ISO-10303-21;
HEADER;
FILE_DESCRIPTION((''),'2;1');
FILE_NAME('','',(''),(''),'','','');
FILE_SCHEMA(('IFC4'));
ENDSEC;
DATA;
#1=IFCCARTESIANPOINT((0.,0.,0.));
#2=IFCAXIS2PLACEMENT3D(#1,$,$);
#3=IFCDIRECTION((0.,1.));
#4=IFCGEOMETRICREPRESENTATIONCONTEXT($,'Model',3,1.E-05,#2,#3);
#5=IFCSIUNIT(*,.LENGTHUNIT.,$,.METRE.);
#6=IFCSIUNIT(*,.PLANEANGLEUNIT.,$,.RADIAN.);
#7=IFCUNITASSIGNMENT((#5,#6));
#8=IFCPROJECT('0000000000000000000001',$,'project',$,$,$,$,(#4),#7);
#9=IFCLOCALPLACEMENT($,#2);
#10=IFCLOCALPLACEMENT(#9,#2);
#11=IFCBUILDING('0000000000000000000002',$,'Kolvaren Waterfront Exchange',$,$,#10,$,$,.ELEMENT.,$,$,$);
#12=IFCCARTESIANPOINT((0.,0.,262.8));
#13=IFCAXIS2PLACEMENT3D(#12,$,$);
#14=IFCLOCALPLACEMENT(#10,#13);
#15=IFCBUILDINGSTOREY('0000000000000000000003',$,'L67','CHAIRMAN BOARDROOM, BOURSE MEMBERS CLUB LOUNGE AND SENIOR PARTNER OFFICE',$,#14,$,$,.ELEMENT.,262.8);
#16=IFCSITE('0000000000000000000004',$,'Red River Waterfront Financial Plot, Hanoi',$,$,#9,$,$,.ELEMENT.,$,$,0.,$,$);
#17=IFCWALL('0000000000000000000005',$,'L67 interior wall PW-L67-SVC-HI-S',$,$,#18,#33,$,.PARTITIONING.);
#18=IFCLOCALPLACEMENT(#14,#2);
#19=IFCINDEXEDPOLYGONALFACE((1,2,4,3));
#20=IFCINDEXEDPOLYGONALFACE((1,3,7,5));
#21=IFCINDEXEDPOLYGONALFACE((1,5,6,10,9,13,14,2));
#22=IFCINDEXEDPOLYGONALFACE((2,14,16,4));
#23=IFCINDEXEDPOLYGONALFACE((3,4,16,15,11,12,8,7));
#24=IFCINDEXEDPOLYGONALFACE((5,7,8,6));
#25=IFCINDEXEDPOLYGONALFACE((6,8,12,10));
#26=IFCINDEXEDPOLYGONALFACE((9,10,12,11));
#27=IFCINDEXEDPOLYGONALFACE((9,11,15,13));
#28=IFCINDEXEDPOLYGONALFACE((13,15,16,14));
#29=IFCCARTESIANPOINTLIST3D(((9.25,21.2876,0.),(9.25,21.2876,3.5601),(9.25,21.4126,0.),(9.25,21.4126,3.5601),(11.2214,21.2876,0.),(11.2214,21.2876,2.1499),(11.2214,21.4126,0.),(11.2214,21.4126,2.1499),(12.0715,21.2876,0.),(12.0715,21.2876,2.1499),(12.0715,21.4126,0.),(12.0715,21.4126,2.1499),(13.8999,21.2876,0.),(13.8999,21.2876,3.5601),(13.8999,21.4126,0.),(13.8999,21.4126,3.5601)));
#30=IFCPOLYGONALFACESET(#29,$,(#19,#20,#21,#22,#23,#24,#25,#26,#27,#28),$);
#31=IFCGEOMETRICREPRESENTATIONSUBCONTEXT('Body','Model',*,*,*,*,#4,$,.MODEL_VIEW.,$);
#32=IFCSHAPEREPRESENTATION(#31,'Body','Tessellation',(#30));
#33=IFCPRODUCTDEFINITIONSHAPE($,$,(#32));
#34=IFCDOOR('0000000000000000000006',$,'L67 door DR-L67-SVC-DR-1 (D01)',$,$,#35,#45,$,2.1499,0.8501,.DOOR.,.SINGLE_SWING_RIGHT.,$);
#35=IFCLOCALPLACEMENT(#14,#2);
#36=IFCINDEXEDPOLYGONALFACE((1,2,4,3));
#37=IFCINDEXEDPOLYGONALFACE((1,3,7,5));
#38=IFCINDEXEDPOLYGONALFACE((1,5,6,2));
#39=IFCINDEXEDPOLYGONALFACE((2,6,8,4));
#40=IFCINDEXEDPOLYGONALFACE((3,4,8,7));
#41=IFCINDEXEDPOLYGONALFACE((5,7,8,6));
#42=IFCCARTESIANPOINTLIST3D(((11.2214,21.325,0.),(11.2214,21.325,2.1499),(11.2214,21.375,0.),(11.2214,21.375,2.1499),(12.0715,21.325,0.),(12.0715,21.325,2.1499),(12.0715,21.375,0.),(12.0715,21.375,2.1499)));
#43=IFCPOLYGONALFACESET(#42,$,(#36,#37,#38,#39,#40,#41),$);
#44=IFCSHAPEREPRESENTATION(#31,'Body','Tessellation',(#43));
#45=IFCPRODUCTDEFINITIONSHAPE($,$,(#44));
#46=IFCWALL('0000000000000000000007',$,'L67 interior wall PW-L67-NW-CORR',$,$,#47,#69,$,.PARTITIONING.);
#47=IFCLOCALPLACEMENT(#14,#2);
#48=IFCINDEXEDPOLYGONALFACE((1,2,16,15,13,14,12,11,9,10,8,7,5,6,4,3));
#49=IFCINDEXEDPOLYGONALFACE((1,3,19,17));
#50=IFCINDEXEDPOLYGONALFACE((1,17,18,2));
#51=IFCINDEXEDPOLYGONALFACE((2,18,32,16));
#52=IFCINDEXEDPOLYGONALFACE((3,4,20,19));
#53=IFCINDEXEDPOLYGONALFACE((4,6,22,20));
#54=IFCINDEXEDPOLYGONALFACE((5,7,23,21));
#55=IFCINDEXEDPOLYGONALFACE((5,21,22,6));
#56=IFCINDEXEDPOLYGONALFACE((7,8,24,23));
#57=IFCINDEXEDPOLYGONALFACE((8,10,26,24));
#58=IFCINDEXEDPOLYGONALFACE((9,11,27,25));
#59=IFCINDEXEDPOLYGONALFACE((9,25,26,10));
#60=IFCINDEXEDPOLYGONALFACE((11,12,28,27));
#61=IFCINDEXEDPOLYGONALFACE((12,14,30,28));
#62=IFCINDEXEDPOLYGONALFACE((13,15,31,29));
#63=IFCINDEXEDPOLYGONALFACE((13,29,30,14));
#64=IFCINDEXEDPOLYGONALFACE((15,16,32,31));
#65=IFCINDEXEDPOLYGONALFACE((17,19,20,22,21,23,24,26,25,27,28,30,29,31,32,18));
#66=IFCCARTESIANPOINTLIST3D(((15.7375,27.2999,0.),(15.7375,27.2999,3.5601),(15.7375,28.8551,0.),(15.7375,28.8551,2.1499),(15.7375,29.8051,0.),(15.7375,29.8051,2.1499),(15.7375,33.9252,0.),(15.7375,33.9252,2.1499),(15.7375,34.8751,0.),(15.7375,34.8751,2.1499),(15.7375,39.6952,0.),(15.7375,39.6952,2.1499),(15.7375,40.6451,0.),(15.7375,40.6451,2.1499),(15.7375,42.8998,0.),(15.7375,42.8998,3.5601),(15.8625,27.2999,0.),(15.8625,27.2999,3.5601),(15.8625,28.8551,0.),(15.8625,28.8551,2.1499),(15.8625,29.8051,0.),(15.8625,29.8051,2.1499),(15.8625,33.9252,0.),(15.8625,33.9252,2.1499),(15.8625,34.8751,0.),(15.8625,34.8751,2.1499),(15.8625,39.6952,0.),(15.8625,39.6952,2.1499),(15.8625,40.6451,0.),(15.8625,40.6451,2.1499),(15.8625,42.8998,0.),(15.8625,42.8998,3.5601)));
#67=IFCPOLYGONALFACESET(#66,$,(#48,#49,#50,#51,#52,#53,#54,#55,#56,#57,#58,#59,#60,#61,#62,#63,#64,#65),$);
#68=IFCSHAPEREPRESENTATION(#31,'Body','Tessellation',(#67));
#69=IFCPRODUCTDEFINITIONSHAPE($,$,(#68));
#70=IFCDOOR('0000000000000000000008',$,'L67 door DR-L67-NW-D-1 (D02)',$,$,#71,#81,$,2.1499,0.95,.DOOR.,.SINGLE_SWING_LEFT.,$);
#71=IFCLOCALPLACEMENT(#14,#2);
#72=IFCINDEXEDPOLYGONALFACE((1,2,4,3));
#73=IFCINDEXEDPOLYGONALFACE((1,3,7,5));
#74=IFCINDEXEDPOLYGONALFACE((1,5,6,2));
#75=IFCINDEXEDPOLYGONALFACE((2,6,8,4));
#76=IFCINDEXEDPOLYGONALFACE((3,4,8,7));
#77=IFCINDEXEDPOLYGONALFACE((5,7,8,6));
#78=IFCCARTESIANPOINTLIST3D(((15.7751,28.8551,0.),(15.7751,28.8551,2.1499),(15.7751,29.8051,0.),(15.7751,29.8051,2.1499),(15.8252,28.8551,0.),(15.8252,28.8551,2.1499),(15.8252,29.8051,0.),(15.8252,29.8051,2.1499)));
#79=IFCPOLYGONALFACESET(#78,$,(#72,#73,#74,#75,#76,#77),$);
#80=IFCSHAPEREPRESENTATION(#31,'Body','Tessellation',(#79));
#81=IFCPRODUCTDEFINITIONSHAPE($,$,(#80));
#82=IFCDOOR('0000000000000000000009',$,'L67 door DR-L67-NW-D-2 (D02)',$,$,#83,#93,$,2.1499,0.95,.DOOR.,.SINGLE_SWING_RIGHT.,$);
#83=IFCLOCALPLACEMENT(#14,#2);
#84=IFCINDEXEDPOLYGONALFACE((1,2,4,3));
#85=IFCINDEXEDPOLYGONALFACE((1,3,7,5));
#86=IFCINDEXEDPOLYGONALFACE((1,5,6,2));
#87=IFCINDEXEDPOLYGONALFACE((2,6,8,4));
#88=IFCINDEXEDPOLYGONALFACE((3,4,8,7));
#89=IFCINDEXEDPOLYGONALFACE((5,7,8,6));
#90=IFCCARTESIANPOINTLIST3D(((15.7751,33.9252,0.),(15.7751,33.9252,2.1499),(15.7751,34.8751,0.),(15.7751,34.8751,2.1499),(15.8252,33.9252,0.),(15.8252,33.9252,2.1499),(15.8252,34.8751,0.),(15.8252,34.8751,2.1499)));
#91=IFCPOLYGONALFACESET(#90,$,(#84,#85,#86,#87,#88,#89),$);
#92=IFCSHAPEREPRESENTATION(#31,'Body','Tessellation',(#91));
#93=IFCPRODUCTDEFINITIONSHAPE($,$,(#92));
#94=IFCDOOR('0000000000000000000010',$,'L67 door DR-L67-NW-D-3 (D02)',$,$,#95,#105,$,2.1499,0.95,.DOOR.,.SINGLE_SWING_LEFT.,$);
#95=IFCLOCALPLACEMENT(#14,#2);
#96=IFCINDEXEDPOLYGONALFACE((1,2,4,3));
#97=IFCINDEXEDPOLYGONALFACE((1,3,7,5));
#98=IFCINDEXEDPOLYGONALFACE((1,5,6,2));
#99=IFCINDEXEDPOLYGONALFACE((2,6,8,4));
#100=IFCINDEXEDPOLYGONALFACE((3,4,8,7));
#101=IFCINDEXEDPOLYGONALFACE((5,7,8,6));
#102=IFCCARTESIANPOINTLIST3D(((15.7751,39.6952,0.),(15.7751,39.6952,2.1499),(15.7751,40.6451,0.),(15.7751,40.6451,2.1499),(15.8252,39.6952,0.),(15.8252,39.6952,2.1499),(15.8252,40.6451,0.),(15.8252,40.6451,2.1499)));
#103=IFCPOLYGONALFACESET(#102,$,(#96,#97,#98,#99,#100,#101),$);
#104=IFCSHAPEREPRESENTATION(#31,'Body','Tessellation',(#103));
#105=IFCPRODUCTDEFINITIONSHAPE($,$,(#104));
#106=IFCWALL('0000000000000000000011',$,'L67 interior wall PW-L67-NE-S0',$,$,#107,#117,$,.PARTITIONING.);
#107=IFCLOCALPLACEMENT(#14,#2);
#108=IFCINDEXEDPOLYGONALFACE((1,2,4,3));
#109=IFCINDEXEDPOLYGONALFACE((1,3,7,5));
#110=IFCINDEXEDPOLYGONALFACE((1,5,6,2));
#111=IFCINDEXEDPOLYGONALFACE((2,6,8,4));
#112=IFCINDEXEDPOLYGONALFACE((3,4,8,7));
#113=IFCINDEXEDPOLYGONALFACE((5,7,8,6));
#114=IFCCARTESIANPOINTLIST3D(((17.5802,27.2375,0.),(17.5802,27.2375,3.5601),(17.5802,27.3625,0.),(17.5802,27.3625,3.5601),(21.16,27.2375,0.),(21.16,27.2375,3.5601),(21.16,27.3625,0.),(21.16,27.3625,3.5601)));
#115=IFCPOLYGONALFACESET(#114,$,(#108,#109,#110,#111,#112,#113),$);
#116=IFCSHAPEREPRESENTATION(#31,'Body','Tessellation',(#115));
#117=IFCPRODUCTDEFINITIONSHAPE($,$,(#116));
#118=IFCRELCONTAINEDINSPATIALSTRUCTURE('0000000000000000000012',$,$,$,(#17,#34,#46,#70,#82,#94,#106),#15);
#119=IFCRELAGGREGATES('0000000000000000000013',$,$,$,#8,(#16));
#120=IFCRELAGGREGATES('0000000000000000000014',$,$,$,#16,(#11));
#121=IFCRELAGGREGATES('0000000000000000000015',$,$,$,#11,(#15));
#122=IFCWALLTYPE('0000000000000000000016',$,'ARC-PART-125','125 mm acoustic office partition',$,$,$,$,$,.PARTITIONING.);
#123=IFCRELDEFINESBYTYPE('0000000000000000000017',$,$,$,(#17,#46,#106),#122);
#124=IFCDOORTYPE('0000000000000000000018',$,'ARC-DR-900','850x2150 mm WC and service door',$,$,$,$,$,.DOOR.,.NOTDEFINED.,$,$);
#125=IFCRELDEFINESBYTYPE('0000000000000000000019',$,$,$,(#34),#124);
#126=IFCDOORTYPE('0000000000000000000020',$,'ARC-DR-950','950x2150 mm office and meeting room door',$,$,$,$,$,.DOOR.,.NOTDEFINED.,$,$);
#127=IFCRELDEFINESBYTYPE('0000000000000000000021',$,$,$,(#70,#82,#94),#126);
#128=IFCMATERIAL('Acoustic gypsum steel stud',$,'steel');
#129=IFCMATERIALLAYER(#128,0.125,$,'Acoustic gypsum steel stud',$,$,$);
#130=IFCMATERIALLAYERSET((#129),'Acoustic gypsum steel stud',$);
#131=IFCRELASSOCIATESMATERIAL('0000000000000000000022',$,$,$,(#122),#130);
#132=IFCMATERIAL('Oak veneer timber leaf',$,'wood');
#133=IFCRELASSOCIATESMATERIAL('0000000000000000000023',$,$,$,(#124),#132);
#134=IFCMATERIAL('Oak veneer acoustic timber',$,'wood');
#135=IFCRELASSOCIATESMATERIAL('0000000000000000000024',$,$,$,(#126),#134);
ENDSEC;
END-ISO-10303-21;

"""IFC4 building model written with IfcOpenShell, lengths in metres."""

from ifc_helpers import new_model, si_unit, direction, frame, frame_2d, origin, place, context, subcontext, project, spatial, rectangle, extrude, material, layer, layer_set, type_object, element, fill, save


model = new_model("IFC4")

# Units and contexts
model_context = context("Model", 3, precision=1e-05, world=origin(), true_north=direction((0.0, 1.0)))
body_context = subcontext(model_context, "Body", "Model", "MODEL_VIEW")
ifc_project = project(units=[si_unit("LENGTHUNIT", "METRE"), si_unit("PLANEANGLEUNIT", "RADIAN")], contexts=[model_context])

# Site, building, storey
site_placement = place(None, origin())
site = spatial("IfcSite", under=ifc_project, at=site_placement, Name="Red River Waterfront Financial Plot, Hanoi", CompositionType="ELEMENT", RefElevation=0.0)
building_placement = place(site_placement, origin())
building = spatial("IfcBuilding", under=site, at=building_placement, Name="Kolvaren Waterfront Exchange", CompositionType="ELEMENT")
storey_placement = place(building_placement, frame((0.0, 0.0, 262.8)))
storey = spatial("IfcBuildingStorey", under=building, at=storey_placement, Name="L67", Description="CHAIRMAN BOARDROOM, BOURSE MEMBERS CLUB LOUNGE AND SENIOR PARTNER OFFICE", CompositionType="ELEMENT", Elevation=262.8)

# Wall, opening, door
ifc_material_1 = material(Name="Acoustic gypsum steel stud", Category="steel")
ifc_layer_1 = layer(ifc_material_1, 0.125, Name="Acoustic gypsum steel stud")
ifc_layer_set_1 = layer_set([ifc_layer_1], Name="Acoustic gypsum steel stud")
wall_type_1 = type_object("IfcWallType", Name="ARC-PART-125", Description="125 mm acoustic office partition", PredefinedType="PARTITIONING", material=ifc_layer_set_1)
wall_1_placement = place(storey_placement, frame((9.25, 21.3501, 0.0), z_axis=(0.0, 0.0, 1.0), x_axis=(1.0, 0.0, 0.0)))
wall_1 = element("IfcWall", 1, at=wall_1_placement, inside=storey, type_object=wall_type_1, Name="L67 interior wall PW-L67-SVC-HI-S", PredefinedType="PARTITIONING", context=body_context, shape_type="SweptSolid", body=[
    extrude(rectangle(XDim=4.6499, YDim=0.125, at=frame_2d((2.325, 0.0))), origin(), (0.0, 0.0, 1.0), 3.5601),
])
opening_1_placement = place(wall_1_placement, frame((1.9714, 0.0, 0.0)))
opening_1 = element("IfcOpeningElement", 2, at=opening_1_placement, cuts=wall_1, PredefinedType="OPENING", context=body_context, shape_type="SweptSolid", body=[
    extrude(rectangle(XDim=0.8501, YDim=2.1499, at=frame_2d((0.425, 1.075))), frame((0.0, 0.0725, 0.0), z_axis=(0.0, -1.0, 0.0), x_axis=(1.0, 0.0, 0.0)), (0.0, 0.0, 1.0), 0.145),
])
ifc_material_2 = material(Name="Oak veneer timber leaf", Category="wood")
door_type_1 = type_object("IfcDoorType", Name="ARC-DR-900", Description="850x2150 mm WC and service door", OperationType="NOTDEFINED", PredefinedType="DOOR", material=ifc_material_2)
door_1_placement = place(opening_1_placement, origin())
door_1 = element("IfcDoor", 3, at=door_1_placement, inside=storey, type_object=door_type_1, Name="L67 door DR-L67-SVC-DR-1 (D01)", OperationType="SINGLE_SWING_RIGHT", OverallHeight=2.1499, OverallWidth=0.8501, PredefinedType="DOOR", context=body_context, shape_type="SweptSolid", body=[
    extrude(rectangle(XDim=0.8501, YDim=2.1499, at=frame_2d((0.425, 1.075))), frame((0.0, 0.0249, 0.0), z_axis=(0.0, -1.0, 0.0), x_axis=(1.0, 0.0, 0.0)), (0.0, 0.0, 1.0), 0.05),
])
fill(opening_1, door_1)

# Wall, openings, doors
wall_2_placement = place(storey_placement, frame((15.8, 27.3, 0.0), z_axis=(0.0, 0.0, 1.0), x_axis=(0.0, 1.0, 0.0)))
wall_2 = element("IfcWall", 4, at=wall_2_placement, inside=storey, type_object=wall_type_1, Name="L67 interior wall PW-L67-NW-CORR", PredefinedType="PARTITIONING", context=body_context, shape_type="SweptSolid", body=[
    extrude(rectangle(XDim=15.5999, YDim=0.125, at=frame_2d((7.7998, 0.0))), origin(), (0.0, 0.0, 1.0), 3.5601),
])
opening_2_placement = place(wall_2_placement, frame((1.5549, 0.0, 0.0)))
opening_2 = element("IfcOpeningElement", 5, at=opening_2_placement, cuts=wall_2, PredefinedType="OPENING", context=body_context, shape_type="SweptSolid", body=[
    extrude(rectangle(XDim=0.95, YDim=2.1499, at=frame_2d((0.4751, 1.075))), frame((0.0, 0.0725, 0.0), z_axis=(0.0, -1.0, 0.0), x_axis=(1.0, 0.0, 0.0)), (0.0, 0.0, 1.0), 0.145),
])
opening_3_placement = place(wall_2_placement, frame((6.625, 0.0, 0.0)))
opening_3 = element("IfcOpeningElement", 6, at=opening_3_placement, cuts=wall_2, PredefinedType="OPENING", context=body_context, shape_type="SweptSolid", body=[
    extrude(rectangle(XDim=0.95, YDim=2.1499, at=frame_2d((0.4751, 1.075))), frame((0.0, 0.0725, 0.0), z_axis=(0.0, -1.0, 0.0), x_axis=(1.0, 0.0, 0.0)), (0.0, 0.0, 1.0), 0.145),
])
opening_4_placement = place(wall_2_placement, frame((12.395, 0.0, 0.0)))
opening_4 = element("IfcOpeningElement", 7, at=opening_4_placement, cuts=wall_2, PredefinedType="OPENING", context=body_context, shape_type="SweptSolid", body=[
    extrude(rectangle(XDim=0.95, YDim=2.1499, at=frame_2d((0.4751, 1.075))), frame((0.0, 0.0725, 0.0), z_axis=(0.0, -1.0, 0.0), x_axis=(1.0, 0.0, 0.0)), (0.0, 0.0, 1.0), 0.145),
])
ifc_material_3 = material(Name="Oak veneer acoustic timber", Category="wood")
door_type_2 = type_object("IfcDoorType", Name="ARC-DR-950", Description="950x2150 mm office and meeting room door", OperationType="NOTDEFINED", PredefinedType="DOOR", material=ifc_material_3)
door_2_placement = place(opening_2_placement, origin())
door_2 = element("IfcDoor", 8, at=door_2_placement, inside=storey, type_object=door_type_2, Name="L67 door DR-L67-NW-D-1 (D02)", OperationType="SINGLE_SWING_LEFT", OverallHeight=2.1499, OverallWidth=0.95, PredefinedType="DOOR", context=body_context, shape_type="SweptSolid", body=[
    extrude(rectangle(XDim=0.95, YDim=2.1499, at=frame_2d((0.4751, 1.075))), frame((0.0, 0.0249, 0.0), z_axis=(0.0, -1.0, 0.0), x_axis=(1.0, 0.0, 0.0)), (0.0, 0.0, 1.0), 0.05),
])
fill(opening_2, door_2)
door_3_placement = place(opening_3_placement, origin())
door_3 = element("IfcDoor", 9, at=door_3_placement, inside=storey, type_object=door_type_2, Name="L67 door DR-L67-NW-D-2 (D02)", OperationType="SINGLE_SWING_RIGHT", OverallHeight=2.1499, OverallWidth=0.95, PredefinedType="DOOR", context=body_context, shape_type="SweptSolid", body=[
    extrude(rectangle(XDim=0.95, YDim=2.1499, at=frame_2d((0.4751, 1.075))), frame((0.0, 0.0249, 0.0), z_axis=(0.0, -1.0, 0.0), x_axis=(1.0, 0.0, 0.0)), (0.0, 0.0, 1.0), 0.05),
])
fill(opening_3, door_3)
door_4_placement = place(opening_4_placement, origin())
door_4 = element("IfcDoor", 10, at=door_4_placement, inside=storey, type_object=door_type_2, Name="L67 door DR-L67-NW-D-3 (D02)", OperationType="SINGLE_SWING_LEFT", OverallHeight=2.1499, OverallWidth=0.95, PredefinedType="DOOR", context=body_context, shape_type="SweptSolid", body=[
    extrude(rectangle(XDim=0.95, YDim=2.1499, at=frame_2d((0.4751, 1.075))), frame((0.0, 0.0249, 0.0), z_axis=(0.0, -1.0, 0.0), x_axis=(1.0, 0.0, 0.0)), (0.0, 0.0, 1.0), 0.05),
])
fill(opening_4, door_4)

# Wall
wall_3_placement = place(storey_placement, frame((17.5801, 27.3, 0.0), z_axis=(0.0, 0.0, 1.0), x_axis=(1.0, 0.0, 0.0)))
element("IfcWall", 11, at=wall_3_placement, inside=storey, type_object=wall_type_1, Name="L67 interior wall PW-L67-NE-S0", PredefinedType="PARTITIONING", context=body_context, shape_type="SweptSolid", body=[
    extrude(rectangle(XDim=3.5798, YDim=0.125, at=frame_2d((1.79, 0.0))), origin(), (0.0, 0.0, 1.0), 3.5601),
])

save(model, "model.ifc")
